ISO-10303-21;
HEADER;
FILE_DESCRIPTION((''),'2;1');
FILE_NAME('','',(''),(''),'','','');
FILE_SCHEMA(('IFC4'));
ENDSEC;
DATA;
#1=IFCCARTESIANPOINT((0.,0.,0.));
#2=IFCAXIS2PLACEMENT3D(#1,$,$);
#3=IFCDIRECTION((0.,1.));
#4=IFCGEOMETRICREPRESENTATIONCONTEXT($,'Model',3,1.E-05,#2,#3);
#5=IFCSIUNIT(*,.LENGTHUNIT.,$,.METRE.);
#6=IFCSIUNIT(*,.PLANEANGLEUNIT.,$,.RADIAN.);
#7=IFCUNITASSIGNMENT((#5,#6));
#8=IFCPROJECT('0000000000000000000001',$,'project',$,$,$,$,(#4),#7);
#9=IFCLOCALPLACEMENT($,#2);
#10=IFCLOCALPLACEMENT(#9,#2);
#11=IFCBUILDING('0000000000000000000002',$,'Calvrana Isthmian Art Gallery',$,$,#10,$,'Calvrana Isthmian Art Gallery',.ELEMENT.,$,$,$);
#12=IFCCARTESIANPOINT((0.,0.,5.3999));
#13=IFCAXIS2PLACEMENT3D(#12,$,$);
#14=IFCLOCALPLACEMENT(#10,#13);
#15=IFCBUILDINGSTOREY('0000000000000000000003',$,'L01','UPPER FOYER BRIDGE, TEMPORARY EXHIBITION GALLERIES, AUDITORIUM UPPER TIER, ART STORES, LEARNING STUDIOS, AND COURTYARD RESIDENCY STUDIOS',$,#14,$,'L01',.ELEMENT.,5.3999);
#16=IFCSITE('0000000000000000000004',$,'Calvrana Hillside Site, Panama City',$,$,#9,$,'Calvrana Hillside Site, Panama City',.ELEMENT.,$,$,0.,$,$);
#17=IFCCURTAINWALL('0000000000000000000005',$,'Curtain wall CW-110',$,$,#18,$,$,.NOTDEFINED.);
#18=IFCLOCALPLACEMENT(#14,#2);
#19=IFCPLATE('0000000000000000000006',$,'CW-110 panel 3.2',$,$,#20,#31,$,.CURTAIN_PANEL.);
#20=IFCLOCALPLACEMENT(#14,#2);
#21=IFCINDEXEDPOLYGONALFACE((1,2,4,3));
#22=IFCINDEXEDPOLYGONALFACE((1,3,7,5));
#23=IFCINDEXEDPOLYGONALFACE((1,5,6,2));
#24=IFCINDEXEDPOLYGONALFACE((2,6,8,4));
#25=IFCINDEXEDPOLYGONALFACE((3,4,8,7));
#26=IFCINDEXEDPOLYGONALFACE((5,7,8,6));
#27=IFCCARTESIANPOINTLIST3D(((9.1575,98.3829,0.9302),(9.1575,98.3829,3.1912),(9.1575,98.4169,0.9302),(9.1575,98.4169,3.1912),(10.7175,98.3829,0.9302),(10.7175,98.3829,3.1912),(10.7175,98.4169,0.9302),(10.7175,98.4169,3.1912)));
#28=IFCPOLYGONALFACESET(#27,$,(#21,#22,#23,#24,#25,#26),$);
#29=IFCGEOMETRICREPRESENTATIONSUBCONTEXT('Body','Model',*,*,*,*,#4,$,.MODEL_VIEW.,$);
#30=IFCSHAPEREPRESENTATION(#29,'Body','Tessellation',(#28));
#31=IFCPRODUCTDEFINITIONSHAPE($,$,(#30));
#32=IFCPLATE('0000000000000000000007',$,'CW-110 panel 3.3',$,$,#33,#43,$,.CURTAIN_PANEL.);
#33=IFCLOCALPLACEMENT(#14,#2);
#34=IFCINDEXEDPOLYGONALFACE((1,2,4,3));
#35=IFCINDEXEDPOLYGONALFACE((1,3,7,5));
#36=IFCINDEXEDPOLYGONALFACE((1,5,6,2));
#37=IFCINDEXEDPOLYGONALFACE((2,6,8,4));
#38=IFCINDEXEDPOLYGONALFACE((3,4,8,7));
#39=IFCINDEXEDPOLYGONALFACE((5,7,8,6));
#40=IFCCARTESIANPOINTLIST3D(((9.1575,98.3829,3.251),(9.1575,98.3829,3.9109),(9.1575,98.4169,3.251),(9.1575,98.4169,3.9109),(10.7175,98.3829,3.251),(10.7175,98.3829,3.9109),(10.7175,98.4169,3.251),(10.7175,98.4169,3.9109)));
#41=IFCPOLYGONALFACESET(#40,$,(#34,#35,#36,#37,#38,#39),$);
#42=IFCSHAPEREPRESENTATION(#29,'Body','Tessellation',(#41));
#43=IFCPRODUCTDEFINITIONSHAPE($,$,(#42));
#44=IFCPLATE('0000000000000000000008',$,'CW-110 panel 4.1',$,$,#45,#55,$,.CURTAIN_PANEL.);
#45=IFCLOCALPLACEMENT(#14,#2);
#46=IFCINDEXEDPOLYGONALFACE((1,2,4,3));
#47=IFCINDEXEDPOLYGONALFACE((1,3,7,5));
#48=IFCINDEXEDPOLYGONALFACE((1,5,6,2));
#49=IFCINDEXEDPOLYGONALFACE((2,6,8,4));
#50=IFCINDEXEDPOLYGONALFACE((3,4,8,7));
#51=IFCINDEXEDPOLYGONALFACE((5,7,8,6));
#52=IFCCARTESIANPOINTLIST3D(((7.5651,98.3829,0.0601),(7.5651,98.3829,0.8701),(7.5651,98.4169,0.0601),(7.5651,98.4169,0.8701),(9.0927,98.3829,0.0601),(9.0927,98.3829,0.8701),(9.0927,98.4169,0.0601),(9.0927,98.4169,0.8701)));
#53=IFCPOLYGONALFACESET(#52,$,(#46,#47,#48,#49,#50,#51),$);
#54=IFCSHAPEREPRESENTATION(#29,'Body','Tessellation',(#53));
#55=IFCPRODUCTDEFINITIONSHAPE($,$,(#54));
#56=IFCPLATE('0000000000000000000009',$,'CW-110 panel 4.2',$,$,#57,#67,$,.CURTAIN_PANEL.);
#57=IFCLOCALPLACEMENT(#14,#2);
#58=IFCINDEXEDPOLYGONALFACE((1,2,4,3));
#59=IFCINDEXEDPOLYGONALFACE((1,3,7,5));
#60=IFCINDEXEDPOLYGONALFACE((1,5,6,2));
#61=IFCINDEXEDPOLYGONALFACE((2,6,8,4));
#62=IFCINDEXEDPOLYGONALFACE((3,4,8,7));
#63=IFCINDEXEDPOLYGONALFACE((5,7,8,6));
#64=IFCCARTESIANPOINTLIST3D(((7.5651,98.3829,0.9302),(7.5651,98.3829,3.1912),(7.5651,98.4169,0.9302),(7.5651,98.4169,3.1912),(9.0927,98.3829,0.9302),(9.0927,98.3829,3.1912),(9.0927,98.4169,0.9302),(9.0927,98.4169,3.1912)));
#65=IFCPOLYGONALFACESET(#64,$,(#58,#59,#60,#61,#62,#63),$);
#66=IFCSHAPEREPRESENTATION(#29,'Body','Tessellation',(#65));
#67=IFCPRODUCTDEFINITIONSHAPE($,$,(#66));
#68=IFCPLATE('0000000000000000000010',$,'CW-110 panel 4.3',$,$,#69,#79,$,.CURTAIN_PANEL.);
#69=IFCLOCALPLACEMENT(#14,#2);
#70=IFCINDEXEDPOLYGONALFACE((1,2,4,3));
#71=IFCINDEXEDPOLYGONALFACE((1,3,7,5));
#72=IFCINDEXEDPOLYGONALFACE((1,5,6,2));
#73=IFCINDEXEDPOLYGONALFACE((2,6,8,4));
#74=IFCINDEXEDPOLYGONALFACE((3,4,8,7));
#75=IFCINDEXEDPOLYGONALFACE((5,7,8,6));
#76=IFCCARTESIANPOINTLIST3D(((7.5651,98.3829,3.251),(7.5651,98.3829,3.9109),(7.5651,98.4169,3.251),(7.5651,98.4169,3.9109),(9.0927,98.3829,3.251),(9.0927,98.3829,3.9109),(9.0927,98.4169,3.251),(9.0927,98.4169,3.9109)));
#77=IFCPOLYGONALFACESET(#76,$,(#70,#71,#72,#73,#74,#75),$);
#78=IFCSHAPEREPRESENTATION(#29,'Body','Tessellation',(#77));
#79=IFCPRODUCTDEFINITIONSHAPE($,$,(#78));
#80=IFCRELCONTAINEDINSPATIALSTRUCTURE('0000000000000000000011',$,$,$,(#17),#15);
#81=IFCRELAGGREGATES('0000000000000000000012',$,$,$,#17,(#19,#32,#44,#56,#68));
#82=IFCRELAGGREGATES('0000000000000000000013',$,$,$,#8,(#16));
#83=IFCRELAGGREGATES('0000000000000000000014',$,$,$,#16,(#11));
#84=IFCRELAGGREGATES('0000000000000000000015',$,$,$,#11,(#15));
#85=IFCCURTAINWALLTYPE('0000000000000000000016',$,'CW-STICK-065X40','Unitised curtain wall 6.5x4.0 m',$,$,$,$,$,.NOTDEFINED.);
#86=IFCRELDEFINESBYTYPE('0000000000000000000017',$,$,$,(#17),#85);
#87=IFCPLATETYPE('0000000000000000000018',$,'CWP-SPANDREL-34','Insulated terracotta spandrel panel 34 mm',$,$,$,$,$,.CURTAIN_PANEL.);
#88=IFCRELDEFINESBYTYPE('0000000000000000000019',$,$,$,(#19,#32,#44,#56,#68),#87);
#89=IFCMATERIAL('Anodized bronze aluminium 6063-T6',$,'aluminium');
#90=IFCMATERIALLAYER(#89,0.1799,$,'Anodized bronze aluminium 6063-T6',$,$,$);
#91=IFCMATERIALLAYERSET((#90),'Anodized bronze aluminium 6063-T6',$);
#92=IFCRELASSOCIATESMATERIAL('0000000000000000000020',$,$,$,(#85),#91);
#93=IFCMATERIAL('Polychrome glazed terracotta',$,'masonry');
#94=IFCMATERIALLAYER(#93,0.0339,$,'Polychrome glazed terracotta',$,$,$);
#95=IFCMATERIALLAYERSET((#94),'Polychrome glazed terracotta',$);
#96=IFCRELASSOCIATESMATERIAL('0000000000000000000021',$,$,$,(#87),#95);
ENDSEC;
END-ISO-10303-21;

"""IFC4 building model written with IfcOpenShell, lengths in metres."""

from ifc_helpers import new_model, si_unit, direction, frame, origin, origin_2d, place, context, subcontext, project, spatial, rectangle, extrude, material, layer, layer_set, type_object, element, aggregate, save


model = new_model("IFC4")

# Units and contexts
model_context = context("Model", 3, precision=1e-05, world=origin(), true_north=direction((0.0, 1.0)))
body_context = subcontext(model_context, "Body", "Model", "MODEL_VIEW")
ifc_project = project(units=[si_unit("LENGTHUNIT", "METRE"), si_unit("PLANEANGLEUNIT", "RADIAN")], contexts=[model_context])

# Site, building, storey
site_placement = place(None, origin())
site = spatial("IfcSite", under=ifc_project, at=site_placement, Name="Calvrana Hillside Site, Panama City", LongName="Calvrana Hillside Site, Panama City", CompositionType="ELEMENT", RefElevation=0.0)
building_placement = place(site_placement, origin())
building = spatial("IfcBuilding", under=site, at=building_placement, Name="Calvrana Isthmian Art Gallery", LongName="Calvrana Isthmian Art Gallery", CompositionType="ELEMENT")
storey_placement = place(building_placement, frame((0.0, 0.0, 5.3999)))
storey = spatial("IfcBuildingStorey", under=building, at=storey_placement, Name="L01", Description="UPPER FOYER BRIDGE, TEMPORARY EXHIBITION GALLERIES, AUDITORIUM UPPER TIER, ART STORES, LEARNING STUDIOS, AND COURTYARD RESIDENCY STUDIOS", LongName="L01", CompositionType="ELEMENT", Elevation=5.3999)

# Curtain wall, plates
ifc_material_1 = material(Name="Anodized bronze aluminium 6063-T6", Category="aluminium")
ifc_layer_1 = layer(ifc_material_1, 0.1799, Name="Anodized bronze aluminium 6063-T6")
ifc_layer_set_1 = layer_set([ifc_layer_1], Name="Anodized bronze aluminium 6063-T6")
curtain_wall_type = type_object("IfcCurtainWallType", Name="CW-STICK-065X40", Description="Unitised curtain wall 6.5x4.0 m", PredefinedType="NOTDEFINED", material=ifc_layer_set_1)
curtain_wall_placement = place(storey_placement, origin())
curtain_wall = element("IfcCurtainWall", 1, at=curtain_wall_placement, inside=storey, type_object=curtain_wall_type, Name="Curtain wall CW-110", PredefinedType="NOTDEFINED")
ifc_material_2 = material(Name="Polychrome glazed terracotta", Category="masonry")
ifc_layer_2 = layer(ifc_material_2, 0.0339, Name="Polychrome glazed terracotta")
ifc_layer_set_2 = layer_set([ifc_layer_2], Name="Polychrome glazed terracotta")
plate_type = type_object("IfcPlateType", Name="CWP-SPANDREL-34", Description="Insulated terracotta spandrel panel 34 mm", PredefinedType="CURTAIN_PANEL", material=ifc_layer_set_2)
plate_1_placement = place(storey_placement, frame((9.9375, 98.3999, 0.9302), z_axis=(0.0, 0.0, 1.0), x_axis=(-1.0, 0.0, 0.0)))
plate_1 = element("IfcPlate", 2, at=plate_1_placement, type_object=plate_type, Name="CW-110 panel 3.2", PredefinedType="CURTAIN_PANEL", context=body_context, shape_type="SweptSolid", body=[
    extrude(rectangle(XDim=1.5601, YDim=0.0339, at=origin_2d()), origin(), (0.0, 0.0, 1.0), 2.261),
])
plate_2_placement = place(storey_placement, frame((9.9375, 98.3999, 3.251), z_axis=(0.0, 0.0, 1.0), x_axis=(-1.0, 0.0, 0.0)))
plate_2 = element("IfcPlate", 3, at=plate_2_placement, type_object=plate_type, Name="CW-110 panel 3.3", PredefinedType="CURTAIN_PANEL", context=body_context, shape_type="SweptSolid", body=[
    extrude(rectangle(XDim=1.5601, YDim=0.0339, at=origin_2d()), origin(), (0.0, 0.0, 1.0), 0.6599),
])
plate_3_placement = place(storey_placement, frame((8.3289, 98.3999, 0.0601), z_axis=(0.0, 0.0, 1.0), x_axis=(-1.0, 0.0, 0.0)))
plate_3 = element("IfcPlate", 4, at=plate_3_placement, type_object=plate_type, Name="CW-110 panel 4.1", PredefinedType="CURTAIN_PANEL", context=body_context, shape_type="SweptSolid", body=[
    extrude(rectangle(XDim=1.5276, YDim=0.0339, at=origin_2d()), origin(), (0.0, 0.0, 1.0), 0.8101),
])
plate_4_placement = place(storey_placement, frame((8.3289, 98.3999, 0.9302), z_axis=(0.0, 0.0, 1.0), x_axis=(-1.0, 0.0, 0.0)))
plate_4 = element("IfcPlate", 5, at=plate_4_placement, type_object=plate_type, Name="CW-110 panel 4.2", PredefinedType="CURTAIN_PANEL", context=body_context, shape_type="SweptSolid", body=[
    extrude(rectangle(XDim=1.5276, YDim=0.0339, at=origin_2d()), origin(), (0.0, 0.0, 1.0), 2.261),
])
plate_5_placement = place(storey_placement, frame((8.3289, 98.3999, 3.251), z_axis=(0.0, 0.0, 1.0), x_axis=(-1.0, 0.0, 0.0)))
plate_5 = element("IfcPlate", 6, at=plate_5_placement, type_object=plate_type, Name="CW-110 panel 4.3", PredefinedType="CURTAIN_PANEL", context=body_context, shape_type="SweptSolid", body=[
    extrude(rectangle(XDim=1.5276, YDim=0.0339, at=origin_2d()), origin(), (0.0, 0.0, 1.0), 0.6599),
])
aggregate(curtain_wall, [plate_1, plate_2, plate_3, plate_4, plate_5])

save(model, "model.ifc")
